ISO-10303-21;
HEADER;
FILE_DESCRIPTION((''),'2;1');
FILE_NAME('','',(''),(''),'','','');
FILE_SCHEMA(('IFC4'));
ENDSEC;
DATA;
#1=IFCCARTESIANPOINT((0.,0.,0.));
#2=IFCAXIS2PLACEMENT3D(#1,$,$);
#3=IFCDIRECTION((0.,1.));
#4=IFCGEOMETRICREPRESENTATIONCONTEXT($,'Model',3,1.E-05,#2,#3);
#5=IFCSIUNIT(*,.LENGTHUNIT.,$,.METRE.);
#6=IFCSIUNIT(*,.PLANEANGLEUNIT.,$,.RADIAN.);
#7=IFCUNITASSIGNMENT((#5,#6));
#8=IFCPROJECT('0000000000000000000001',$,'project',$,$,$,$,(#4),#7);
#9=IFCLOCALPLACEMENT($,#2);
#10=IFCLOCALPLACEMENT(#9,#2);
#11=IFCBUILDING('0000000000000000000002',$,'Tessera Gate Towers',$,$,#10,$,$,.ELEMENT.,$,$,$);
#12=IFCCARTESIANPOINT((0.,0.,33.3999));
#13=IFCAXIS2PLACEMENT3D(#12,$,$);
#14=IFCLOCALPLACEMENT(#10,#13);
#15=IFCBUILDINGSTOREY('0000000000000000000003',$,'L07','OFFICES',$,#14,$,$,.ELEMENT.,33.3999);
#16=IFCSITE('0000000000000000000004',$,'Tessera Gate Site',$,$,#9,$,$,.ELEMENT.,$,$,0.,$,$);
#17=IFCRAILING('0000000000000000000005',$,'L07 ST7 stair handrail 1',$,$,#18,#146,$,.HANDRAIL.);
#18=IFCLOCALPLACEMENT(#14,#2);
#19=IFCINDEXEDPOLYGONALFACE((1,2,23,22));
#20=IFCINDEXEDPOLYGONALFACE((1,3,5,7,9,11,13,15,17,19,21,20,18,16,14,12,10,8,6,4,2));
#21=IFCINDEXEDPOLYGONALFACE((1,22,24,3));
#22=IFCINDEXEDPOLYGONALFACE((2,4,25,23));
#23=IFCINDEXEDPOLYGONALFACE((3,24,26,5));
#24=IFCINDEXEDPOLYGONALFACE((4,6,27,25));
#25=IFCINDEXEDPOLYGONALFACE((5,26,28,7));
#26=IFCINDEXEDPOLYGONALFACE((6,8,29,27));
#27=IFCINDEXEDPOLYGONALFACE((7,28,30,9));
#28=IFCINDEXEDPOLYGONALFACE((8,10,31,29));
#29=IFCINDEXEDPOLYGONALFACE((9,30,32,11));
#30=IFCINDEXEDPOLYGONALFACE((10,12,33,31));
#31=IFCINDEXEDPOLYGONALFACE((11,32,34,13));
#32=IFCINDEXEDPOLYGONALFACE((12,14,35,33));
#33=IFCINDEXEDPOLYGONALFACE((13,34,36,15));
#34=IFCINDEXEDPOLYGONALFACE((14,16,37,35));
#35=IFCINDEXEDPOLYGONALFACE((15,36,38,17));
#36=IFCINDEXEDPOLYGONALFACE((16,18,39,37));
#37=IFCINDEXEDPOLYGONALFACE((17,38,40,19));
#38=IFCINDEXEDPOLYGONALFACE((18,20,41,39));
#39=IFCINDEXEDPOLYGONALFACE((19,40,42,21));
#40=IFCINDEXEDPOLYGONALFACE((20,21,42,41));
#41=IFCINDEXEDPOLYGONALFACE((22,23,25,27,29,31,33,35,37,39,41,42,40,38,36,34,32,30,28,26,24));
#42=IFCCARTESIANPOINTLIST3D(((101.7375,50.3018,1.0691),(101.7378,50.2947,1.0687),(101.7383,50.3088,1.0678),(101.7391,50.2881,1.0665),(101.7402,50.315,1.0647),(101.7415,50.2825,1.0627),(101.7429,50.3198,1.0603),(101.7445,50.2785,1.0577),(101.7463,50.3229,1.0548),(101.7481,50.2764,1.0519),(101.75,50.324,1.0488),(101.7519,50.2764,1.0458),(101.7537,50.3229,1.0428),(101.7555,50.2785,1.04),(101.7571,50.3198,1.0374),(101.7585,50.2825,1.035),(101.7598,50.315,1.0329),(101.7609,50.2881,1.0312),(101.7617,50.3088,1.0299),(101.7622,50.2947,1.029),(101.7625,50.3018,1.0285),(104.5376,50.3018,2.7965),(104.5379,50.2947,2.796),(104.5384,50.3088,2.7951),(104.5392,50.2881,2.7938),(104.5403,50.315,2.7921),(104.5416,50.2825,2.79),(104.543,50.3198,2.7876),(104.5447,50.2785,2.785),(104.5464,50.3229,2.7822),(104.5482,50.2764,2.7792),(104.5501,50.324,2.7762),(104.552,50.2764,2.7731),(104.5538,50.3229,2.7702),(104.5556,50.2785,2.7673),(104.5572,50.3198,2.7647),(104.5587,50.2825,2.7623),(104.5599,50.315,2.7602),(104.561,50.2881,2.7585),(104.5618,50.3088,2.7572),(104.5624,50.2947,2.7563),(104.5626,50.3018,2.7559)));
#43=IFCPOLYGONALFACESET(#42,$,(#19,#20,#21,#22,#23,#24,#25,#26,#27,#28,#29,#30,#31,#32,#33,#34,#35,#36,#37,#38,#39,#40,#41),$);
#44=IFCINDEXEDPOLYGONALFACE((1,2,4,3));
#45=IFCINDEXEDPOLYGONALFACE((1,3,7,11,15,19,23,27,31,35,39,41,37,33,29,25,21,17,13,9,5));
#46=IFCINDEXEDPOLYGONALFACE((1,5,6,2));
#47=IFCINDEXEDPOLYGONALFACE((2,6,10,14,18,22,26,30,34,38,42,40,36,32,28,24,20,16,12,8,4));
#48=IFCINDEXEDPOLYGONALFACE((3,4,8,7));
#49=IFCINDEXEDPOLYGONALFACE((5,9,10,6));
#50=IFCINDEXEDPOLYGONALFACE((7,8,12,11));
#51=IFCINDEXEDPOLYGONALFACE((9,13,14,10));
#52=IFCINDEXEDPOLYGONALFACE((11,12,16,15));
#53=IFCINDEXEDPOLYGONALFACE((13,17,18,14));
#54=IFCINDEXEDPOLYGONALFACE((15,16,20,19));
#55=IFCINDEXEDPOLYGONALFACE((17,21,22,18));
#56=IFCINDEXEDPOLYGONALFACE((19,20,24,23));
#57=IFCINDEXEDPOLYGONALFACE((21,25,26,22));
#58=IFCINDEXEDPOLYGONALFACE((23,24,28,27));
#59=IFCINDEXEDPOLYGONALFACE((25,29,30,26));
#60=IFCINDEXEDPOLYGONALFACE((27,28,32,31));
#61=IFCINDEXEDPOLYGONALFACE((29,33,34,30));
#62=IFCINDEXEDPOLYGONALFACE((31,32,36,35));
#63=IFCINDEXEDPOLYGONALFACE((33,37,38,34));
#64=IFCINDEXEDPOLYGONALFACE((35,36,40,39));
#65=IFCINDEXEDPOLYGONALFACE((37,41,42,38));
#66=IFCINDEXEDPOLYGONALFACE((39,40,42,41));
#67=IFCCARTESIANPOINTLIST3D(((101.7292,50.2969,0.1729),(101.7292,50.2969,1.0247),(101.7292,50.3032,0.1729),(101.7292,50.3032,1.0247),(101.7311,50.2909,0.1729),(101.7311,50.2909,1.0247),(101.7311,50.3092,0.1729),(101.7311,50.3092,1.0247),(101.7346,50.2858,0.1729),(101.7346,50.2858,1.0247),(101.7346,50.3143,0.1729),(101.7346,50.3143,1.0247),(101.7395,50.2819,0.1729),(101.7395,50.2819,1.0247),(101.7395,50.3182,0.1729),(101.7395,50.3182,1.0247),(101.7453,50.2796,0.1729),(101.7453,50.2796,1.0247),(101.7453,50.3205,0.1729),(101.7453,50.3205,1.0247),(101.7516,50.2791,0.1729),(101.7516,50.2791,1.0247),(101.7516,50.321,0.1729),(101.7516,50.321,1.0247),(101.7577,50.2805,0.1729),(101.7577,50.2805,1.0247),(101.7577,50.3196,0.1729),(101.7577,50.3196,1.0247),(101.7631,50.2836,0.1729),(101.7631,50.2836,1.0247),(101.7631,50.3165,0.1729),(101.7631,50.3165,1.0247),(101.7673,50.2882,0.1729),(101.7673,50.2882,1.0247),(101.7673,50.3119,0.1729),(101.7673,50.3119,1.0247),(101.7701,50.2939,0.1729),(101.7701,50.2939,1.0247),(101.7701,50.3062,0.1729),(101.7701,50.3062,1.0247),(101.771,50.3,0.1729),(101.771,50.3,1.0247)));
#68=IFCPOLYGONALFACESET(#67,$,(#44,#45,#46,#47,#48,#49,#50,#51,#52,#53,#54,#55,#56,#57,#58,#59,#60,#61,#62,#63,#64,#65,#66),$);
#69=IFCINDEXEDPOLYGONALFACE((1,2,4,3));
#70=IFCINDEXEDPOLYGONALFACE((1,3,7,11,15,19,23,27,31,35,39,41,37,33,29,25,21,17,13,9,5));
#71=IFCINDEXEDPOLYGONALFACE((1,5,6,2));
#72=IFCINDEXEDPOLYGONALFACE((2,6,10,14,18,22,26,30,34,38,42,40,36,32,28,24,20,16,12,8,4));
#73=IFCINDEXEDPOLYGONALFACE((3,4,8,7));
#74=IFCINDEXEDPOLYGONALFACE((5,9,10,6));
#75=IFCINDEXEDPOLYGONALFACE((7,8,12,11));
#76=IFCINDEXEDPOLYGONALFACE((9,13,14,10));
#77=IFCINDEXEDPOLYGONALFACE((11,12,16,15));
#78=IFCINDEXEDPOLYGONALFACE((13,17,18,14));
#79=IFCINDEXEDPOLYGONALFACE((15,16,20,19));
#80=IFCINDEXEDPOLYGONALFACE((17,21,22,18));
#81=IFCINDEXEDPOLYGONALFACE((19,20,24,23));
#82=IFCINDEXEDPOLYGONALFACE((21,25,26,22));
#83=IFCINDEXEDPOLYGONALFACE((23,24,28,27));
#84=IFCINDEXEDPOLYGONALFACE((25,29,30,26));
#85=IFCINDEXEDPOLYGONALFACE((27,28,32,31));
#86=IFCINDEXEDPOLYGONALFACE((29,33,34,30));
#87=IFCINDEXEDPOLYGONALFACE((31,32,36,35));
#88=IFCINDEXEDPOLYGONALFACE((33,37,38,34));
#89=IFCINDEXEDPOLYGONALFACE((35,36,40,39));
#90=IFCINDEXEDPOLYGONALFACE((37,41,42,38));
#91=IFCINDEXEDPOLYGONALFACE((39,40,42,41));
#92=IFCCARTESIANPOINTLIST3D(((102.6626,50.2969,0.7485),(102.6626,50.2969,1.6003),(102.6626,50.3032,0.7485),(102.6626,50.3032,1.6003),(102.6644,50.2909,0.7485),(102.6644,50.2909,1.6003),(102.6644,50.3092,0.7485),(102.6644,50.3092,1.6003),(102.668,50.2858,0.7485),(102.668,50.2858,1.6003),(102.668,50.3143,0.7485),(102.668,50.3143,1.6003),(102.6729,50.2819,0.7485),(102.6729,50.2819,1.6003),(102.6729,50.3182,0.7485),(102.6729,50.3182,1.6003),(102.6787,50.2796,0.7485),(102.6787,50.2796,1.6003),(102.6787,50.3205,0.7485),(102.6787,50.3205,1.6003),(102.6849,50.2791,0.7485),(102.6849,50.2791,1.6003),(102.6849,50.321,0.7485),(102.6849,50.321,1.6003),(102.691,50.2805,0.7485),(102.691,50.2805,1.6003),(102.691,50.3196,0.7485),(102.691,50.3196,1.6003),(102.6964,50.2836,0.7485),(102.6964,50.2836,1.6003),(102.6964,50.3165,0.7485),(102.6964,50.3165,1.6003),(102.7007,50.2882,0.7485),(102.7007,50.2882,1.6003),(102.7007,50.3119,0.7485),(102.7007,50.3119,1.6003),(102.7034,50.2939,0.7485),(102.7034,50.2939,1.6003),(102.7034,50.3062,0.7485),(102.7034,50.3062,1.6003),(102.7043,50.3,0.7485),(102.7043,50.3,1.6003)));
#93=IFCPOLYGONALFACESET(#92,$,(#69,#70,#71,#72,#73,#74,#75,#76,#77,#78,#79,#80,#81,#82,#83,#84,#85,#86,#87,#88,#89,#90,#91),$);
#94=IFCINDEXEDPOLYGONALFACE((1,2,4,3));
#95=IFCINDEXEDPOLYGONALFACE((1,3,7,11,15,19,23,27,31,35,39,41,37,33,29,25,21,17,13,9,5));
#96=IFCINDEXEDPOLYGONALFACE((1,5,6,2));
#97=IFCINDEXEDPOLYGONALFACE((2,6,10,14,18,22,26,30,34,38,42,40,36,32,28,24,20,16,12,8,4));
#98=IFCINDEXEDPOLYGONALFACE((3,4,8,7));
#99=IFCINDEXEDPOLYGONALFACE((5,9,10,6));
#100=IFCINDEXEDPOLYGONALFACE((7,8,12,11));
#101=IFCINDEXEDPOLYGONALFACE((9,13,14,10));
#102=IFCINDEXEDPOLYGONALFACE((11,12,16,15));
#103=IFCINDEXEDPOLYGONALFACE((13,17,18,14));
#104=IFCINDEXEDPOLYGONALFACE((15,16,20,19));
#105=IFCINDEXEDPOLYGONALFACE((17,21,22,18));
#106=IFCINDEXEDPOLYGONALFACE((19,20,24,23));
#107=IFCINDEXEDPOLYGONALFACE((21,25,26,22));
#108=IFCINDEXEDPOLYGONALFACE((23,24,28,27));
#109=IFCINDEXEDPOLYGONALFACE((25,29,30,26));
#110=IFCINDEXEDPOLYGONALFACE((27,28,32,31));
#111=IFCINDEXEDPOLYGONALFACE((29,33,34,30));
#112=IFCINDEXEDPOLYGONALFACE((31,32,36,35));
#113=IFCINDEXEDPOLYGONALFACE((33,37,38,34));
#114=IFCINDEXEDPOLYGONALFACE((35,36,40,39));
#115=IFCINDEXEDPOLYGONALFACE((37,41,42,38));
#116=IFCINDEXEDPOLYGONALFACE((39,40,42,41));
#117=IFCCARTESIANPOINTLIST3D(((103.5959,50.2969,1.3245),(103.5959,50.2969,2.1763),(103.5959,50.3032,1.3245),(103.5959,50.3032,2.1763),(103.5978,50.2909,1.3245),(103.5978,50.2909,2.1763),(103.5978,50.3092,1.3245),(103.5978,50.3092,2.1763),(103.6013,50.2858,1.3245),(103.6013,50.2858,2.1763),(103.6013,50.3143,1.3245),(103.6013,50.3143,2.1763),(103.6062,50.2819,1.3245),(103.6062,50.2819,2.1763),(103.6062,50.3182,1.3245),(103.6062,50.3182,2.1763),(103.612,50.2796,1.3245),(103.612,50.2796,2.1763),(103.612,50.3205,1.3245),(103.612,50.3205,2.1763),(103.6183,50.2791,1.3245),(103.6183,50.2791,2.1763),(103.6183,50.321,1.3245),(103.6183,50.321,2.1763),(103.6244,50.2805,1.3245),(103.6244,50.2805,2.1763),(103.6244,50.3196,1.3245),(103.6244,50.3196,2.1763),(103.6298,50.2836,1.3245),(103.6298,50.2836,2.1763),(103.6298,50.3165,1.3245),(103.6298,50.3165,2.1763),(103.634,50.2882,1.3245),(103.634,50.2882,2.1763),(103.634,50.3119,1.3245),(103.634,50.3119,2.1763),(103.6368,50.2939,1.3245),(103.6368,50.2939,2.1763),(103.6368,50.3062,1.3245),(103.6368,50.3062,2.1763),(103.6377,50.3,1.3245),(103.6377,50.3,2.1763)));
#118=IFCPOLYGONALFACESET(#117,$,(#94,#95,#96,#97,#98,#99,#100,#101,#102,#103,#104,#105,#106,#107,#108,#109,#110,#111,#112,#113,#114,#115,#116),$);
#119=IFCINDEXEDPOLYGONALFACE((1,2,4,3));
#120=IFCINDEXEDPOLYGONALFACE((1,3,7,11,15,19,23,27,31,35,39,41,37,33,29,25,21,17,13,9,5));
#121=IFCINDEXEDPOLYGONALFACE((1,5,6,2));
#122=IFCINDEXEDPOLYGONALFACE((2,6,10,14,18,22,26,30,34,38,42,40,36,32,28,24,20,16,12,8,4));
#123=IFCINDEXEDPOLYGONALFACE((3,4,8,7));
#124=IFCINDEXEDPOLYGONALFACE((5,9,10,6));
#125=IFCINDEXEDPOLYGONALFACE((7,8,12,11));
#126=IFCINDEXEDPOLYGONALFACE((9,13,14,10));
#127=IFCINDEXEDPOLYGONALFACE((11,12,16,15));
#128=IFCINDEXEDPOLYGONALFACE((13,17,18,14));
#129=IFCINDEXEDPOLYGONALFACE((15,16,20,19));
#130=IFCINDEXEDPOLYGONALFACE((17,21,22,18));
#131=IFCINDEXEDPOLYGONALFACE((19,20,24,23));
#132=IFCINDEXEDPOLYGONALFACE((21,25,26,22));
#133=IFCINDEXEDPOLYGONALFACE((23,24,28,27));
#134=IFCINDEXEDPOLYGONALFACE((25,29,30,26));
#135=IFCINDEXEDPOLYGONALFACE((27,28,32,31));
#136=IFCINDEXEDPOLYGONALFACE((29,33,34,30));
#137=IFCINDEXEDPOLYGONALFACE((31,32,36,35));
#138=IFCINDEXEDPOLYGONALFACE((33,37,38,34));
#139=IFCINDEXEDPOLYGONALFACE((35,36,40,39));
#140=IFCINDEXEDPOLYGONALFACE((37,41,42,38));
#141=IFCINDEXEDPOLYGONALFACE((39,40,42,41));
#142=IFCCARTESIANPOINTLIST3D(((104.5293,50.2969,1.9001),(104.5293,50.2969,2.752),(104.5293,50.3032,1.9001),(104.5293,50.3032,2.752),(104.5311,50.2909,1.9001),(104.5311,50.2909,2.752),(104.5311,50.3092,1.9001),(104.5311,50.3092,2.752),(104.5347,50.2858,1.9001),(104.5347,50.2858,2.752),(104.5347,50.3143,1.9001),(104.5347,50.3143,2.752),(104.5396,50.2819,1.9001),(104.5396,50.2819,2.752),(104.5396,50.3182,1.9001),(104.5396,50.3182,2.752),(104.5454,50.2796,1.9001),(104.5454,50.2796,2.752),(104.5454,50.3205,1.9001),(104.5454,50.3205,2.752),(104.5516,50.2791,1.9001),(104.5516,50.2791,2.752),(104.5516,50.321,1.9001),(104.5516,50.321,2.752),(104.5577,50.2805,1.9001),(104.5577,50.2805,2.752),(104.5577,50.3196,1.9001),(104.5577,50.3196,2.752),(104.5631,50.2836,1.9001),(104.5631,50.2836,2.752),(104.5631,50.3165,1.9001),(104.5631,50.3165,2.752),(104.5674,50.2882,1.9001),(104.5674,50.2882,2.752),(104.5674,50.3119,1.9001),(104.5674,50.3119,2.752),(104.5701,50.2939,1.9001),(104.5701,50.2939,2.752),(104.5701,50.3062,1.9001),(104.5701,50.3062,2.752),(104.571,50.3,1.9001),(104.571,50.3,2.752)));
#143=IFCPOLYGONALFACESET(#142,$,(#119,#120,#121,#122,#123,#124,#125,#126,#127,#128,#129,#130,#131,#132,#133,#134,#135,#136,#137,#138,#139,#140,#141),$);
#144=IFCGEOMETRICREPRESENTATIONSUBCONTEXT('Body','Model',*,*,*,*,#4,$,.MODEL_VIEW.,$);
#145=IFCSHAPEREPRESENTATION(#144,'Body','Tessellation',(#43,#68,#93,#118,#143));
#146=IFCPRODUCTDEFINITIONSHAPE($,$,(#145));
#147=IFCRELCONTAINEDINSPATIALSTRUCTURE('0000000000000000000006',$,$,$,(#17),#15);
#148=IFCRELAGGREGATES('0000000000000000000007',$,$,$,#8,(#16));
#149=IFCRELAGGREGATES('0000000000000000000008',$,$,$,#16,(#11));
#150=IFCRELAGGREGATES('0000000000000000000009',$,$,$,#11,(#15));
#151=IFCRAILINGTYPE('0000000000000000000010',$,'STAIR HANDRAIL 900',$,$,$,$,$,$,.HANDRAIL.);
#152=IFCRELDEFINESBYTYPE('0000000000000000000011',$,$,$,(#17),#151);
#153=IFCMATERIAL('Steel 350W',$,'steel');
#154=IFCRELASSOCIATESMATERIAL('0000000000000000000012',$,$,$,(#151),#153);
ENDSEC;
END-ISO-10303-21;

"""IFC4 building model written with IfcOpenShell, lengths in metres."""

from ifc_helpers import new_model, si_unit, direction, frame, origin, origin_2d, place, context, subcontext, project, spatial, circle, extrude, material, type_object, element, save


model = new_model("IFC4")

# Units and contexts
model_context = context("Model", 3, precision=1e-05, world=origin(), true_north=direction((0.0, 1.0)))
body_context = subcontext(model_context, "Body", "Model", "MODEL_VIEW")
ifc_project = project(units=[si_unit("LENGTHUNIT", "METRE"), si_unit("PLANEANGLEUNIT", "RADIAN")], contexts=[model_context])

# Site, building, storey
site_placement = place(None, origin())
site = spatial("IfcSite", under=ifc_project, at=site_placement, Name="Tessera Gate Site", CompositionType="ELEMENT", RefElevation=0.0)
building_placement = place(site_placement, origin())
building = spatial("IfcBuilding", under=site, at=building_placement, Name="Tessera Gate Towers", CompositionType="ELEMENT")
storey_placement = place(building_placement, frame((0.0, 0.0, 33.3999)))
storey = spatial("IfcBuildingStorey", under=building, at=storey_placement, Name="L07", Description="OFFICES", CompositionType="ELEMENT", Elevation=33.3999)

# Railing
ifc_material_1 = material(Name="Steel 350W", Category="steel")
railing_type_1 = type_object("IfcRailingType", Name="STAIR HANDRAIL 900", PredefinedType="HANDRAIL", material=ifc_material_1)
railing_1_placement = place(storey_placement, frame((101.75, 50.3, 0.1729)))
element("IfcRailing", 1, at=railing_1_placement, inside=storey, type_object=railing_type_1, Name="L07 ST7 stair handrail 1", PredefinedType="HANDRAIL", context=body_context, shape_type="SweptSolid", body=[
    extrude(circle(Radius=0.0239, at=origin_2d()), frame((0.0, 0.0, 0.876), z_axis=(0.85109, 0.0, 0.52502), x_axis=(0.0, 1.0, 0.0)), (0.0, 0.0, 1.0), 3.29),
    extrude(circle(Radius=0.021, at=origin_2d()), origin(), (0.0, 0.0, 1.0), 0.8518),
    extrude(circle(Radius=0.021, at=origin_2d()), frame((0.9333, 0.0, 0.5757)), (0.0, 0.0, 1.0), 0.8518),
    extrude(circle(Radius=0.021, at=origin_2d()), frame((1.8667, 0.0, 1.1516)), (0.0, 0.0, 1.0), 0.8518),
    extrude(circle(Radius=0.021, at=origin_2d()), frame((2.8, 0.0, 1.7273)), (0.0, 0.0, 1.0), 0.8518),
])

save(model, "model.ifc")
